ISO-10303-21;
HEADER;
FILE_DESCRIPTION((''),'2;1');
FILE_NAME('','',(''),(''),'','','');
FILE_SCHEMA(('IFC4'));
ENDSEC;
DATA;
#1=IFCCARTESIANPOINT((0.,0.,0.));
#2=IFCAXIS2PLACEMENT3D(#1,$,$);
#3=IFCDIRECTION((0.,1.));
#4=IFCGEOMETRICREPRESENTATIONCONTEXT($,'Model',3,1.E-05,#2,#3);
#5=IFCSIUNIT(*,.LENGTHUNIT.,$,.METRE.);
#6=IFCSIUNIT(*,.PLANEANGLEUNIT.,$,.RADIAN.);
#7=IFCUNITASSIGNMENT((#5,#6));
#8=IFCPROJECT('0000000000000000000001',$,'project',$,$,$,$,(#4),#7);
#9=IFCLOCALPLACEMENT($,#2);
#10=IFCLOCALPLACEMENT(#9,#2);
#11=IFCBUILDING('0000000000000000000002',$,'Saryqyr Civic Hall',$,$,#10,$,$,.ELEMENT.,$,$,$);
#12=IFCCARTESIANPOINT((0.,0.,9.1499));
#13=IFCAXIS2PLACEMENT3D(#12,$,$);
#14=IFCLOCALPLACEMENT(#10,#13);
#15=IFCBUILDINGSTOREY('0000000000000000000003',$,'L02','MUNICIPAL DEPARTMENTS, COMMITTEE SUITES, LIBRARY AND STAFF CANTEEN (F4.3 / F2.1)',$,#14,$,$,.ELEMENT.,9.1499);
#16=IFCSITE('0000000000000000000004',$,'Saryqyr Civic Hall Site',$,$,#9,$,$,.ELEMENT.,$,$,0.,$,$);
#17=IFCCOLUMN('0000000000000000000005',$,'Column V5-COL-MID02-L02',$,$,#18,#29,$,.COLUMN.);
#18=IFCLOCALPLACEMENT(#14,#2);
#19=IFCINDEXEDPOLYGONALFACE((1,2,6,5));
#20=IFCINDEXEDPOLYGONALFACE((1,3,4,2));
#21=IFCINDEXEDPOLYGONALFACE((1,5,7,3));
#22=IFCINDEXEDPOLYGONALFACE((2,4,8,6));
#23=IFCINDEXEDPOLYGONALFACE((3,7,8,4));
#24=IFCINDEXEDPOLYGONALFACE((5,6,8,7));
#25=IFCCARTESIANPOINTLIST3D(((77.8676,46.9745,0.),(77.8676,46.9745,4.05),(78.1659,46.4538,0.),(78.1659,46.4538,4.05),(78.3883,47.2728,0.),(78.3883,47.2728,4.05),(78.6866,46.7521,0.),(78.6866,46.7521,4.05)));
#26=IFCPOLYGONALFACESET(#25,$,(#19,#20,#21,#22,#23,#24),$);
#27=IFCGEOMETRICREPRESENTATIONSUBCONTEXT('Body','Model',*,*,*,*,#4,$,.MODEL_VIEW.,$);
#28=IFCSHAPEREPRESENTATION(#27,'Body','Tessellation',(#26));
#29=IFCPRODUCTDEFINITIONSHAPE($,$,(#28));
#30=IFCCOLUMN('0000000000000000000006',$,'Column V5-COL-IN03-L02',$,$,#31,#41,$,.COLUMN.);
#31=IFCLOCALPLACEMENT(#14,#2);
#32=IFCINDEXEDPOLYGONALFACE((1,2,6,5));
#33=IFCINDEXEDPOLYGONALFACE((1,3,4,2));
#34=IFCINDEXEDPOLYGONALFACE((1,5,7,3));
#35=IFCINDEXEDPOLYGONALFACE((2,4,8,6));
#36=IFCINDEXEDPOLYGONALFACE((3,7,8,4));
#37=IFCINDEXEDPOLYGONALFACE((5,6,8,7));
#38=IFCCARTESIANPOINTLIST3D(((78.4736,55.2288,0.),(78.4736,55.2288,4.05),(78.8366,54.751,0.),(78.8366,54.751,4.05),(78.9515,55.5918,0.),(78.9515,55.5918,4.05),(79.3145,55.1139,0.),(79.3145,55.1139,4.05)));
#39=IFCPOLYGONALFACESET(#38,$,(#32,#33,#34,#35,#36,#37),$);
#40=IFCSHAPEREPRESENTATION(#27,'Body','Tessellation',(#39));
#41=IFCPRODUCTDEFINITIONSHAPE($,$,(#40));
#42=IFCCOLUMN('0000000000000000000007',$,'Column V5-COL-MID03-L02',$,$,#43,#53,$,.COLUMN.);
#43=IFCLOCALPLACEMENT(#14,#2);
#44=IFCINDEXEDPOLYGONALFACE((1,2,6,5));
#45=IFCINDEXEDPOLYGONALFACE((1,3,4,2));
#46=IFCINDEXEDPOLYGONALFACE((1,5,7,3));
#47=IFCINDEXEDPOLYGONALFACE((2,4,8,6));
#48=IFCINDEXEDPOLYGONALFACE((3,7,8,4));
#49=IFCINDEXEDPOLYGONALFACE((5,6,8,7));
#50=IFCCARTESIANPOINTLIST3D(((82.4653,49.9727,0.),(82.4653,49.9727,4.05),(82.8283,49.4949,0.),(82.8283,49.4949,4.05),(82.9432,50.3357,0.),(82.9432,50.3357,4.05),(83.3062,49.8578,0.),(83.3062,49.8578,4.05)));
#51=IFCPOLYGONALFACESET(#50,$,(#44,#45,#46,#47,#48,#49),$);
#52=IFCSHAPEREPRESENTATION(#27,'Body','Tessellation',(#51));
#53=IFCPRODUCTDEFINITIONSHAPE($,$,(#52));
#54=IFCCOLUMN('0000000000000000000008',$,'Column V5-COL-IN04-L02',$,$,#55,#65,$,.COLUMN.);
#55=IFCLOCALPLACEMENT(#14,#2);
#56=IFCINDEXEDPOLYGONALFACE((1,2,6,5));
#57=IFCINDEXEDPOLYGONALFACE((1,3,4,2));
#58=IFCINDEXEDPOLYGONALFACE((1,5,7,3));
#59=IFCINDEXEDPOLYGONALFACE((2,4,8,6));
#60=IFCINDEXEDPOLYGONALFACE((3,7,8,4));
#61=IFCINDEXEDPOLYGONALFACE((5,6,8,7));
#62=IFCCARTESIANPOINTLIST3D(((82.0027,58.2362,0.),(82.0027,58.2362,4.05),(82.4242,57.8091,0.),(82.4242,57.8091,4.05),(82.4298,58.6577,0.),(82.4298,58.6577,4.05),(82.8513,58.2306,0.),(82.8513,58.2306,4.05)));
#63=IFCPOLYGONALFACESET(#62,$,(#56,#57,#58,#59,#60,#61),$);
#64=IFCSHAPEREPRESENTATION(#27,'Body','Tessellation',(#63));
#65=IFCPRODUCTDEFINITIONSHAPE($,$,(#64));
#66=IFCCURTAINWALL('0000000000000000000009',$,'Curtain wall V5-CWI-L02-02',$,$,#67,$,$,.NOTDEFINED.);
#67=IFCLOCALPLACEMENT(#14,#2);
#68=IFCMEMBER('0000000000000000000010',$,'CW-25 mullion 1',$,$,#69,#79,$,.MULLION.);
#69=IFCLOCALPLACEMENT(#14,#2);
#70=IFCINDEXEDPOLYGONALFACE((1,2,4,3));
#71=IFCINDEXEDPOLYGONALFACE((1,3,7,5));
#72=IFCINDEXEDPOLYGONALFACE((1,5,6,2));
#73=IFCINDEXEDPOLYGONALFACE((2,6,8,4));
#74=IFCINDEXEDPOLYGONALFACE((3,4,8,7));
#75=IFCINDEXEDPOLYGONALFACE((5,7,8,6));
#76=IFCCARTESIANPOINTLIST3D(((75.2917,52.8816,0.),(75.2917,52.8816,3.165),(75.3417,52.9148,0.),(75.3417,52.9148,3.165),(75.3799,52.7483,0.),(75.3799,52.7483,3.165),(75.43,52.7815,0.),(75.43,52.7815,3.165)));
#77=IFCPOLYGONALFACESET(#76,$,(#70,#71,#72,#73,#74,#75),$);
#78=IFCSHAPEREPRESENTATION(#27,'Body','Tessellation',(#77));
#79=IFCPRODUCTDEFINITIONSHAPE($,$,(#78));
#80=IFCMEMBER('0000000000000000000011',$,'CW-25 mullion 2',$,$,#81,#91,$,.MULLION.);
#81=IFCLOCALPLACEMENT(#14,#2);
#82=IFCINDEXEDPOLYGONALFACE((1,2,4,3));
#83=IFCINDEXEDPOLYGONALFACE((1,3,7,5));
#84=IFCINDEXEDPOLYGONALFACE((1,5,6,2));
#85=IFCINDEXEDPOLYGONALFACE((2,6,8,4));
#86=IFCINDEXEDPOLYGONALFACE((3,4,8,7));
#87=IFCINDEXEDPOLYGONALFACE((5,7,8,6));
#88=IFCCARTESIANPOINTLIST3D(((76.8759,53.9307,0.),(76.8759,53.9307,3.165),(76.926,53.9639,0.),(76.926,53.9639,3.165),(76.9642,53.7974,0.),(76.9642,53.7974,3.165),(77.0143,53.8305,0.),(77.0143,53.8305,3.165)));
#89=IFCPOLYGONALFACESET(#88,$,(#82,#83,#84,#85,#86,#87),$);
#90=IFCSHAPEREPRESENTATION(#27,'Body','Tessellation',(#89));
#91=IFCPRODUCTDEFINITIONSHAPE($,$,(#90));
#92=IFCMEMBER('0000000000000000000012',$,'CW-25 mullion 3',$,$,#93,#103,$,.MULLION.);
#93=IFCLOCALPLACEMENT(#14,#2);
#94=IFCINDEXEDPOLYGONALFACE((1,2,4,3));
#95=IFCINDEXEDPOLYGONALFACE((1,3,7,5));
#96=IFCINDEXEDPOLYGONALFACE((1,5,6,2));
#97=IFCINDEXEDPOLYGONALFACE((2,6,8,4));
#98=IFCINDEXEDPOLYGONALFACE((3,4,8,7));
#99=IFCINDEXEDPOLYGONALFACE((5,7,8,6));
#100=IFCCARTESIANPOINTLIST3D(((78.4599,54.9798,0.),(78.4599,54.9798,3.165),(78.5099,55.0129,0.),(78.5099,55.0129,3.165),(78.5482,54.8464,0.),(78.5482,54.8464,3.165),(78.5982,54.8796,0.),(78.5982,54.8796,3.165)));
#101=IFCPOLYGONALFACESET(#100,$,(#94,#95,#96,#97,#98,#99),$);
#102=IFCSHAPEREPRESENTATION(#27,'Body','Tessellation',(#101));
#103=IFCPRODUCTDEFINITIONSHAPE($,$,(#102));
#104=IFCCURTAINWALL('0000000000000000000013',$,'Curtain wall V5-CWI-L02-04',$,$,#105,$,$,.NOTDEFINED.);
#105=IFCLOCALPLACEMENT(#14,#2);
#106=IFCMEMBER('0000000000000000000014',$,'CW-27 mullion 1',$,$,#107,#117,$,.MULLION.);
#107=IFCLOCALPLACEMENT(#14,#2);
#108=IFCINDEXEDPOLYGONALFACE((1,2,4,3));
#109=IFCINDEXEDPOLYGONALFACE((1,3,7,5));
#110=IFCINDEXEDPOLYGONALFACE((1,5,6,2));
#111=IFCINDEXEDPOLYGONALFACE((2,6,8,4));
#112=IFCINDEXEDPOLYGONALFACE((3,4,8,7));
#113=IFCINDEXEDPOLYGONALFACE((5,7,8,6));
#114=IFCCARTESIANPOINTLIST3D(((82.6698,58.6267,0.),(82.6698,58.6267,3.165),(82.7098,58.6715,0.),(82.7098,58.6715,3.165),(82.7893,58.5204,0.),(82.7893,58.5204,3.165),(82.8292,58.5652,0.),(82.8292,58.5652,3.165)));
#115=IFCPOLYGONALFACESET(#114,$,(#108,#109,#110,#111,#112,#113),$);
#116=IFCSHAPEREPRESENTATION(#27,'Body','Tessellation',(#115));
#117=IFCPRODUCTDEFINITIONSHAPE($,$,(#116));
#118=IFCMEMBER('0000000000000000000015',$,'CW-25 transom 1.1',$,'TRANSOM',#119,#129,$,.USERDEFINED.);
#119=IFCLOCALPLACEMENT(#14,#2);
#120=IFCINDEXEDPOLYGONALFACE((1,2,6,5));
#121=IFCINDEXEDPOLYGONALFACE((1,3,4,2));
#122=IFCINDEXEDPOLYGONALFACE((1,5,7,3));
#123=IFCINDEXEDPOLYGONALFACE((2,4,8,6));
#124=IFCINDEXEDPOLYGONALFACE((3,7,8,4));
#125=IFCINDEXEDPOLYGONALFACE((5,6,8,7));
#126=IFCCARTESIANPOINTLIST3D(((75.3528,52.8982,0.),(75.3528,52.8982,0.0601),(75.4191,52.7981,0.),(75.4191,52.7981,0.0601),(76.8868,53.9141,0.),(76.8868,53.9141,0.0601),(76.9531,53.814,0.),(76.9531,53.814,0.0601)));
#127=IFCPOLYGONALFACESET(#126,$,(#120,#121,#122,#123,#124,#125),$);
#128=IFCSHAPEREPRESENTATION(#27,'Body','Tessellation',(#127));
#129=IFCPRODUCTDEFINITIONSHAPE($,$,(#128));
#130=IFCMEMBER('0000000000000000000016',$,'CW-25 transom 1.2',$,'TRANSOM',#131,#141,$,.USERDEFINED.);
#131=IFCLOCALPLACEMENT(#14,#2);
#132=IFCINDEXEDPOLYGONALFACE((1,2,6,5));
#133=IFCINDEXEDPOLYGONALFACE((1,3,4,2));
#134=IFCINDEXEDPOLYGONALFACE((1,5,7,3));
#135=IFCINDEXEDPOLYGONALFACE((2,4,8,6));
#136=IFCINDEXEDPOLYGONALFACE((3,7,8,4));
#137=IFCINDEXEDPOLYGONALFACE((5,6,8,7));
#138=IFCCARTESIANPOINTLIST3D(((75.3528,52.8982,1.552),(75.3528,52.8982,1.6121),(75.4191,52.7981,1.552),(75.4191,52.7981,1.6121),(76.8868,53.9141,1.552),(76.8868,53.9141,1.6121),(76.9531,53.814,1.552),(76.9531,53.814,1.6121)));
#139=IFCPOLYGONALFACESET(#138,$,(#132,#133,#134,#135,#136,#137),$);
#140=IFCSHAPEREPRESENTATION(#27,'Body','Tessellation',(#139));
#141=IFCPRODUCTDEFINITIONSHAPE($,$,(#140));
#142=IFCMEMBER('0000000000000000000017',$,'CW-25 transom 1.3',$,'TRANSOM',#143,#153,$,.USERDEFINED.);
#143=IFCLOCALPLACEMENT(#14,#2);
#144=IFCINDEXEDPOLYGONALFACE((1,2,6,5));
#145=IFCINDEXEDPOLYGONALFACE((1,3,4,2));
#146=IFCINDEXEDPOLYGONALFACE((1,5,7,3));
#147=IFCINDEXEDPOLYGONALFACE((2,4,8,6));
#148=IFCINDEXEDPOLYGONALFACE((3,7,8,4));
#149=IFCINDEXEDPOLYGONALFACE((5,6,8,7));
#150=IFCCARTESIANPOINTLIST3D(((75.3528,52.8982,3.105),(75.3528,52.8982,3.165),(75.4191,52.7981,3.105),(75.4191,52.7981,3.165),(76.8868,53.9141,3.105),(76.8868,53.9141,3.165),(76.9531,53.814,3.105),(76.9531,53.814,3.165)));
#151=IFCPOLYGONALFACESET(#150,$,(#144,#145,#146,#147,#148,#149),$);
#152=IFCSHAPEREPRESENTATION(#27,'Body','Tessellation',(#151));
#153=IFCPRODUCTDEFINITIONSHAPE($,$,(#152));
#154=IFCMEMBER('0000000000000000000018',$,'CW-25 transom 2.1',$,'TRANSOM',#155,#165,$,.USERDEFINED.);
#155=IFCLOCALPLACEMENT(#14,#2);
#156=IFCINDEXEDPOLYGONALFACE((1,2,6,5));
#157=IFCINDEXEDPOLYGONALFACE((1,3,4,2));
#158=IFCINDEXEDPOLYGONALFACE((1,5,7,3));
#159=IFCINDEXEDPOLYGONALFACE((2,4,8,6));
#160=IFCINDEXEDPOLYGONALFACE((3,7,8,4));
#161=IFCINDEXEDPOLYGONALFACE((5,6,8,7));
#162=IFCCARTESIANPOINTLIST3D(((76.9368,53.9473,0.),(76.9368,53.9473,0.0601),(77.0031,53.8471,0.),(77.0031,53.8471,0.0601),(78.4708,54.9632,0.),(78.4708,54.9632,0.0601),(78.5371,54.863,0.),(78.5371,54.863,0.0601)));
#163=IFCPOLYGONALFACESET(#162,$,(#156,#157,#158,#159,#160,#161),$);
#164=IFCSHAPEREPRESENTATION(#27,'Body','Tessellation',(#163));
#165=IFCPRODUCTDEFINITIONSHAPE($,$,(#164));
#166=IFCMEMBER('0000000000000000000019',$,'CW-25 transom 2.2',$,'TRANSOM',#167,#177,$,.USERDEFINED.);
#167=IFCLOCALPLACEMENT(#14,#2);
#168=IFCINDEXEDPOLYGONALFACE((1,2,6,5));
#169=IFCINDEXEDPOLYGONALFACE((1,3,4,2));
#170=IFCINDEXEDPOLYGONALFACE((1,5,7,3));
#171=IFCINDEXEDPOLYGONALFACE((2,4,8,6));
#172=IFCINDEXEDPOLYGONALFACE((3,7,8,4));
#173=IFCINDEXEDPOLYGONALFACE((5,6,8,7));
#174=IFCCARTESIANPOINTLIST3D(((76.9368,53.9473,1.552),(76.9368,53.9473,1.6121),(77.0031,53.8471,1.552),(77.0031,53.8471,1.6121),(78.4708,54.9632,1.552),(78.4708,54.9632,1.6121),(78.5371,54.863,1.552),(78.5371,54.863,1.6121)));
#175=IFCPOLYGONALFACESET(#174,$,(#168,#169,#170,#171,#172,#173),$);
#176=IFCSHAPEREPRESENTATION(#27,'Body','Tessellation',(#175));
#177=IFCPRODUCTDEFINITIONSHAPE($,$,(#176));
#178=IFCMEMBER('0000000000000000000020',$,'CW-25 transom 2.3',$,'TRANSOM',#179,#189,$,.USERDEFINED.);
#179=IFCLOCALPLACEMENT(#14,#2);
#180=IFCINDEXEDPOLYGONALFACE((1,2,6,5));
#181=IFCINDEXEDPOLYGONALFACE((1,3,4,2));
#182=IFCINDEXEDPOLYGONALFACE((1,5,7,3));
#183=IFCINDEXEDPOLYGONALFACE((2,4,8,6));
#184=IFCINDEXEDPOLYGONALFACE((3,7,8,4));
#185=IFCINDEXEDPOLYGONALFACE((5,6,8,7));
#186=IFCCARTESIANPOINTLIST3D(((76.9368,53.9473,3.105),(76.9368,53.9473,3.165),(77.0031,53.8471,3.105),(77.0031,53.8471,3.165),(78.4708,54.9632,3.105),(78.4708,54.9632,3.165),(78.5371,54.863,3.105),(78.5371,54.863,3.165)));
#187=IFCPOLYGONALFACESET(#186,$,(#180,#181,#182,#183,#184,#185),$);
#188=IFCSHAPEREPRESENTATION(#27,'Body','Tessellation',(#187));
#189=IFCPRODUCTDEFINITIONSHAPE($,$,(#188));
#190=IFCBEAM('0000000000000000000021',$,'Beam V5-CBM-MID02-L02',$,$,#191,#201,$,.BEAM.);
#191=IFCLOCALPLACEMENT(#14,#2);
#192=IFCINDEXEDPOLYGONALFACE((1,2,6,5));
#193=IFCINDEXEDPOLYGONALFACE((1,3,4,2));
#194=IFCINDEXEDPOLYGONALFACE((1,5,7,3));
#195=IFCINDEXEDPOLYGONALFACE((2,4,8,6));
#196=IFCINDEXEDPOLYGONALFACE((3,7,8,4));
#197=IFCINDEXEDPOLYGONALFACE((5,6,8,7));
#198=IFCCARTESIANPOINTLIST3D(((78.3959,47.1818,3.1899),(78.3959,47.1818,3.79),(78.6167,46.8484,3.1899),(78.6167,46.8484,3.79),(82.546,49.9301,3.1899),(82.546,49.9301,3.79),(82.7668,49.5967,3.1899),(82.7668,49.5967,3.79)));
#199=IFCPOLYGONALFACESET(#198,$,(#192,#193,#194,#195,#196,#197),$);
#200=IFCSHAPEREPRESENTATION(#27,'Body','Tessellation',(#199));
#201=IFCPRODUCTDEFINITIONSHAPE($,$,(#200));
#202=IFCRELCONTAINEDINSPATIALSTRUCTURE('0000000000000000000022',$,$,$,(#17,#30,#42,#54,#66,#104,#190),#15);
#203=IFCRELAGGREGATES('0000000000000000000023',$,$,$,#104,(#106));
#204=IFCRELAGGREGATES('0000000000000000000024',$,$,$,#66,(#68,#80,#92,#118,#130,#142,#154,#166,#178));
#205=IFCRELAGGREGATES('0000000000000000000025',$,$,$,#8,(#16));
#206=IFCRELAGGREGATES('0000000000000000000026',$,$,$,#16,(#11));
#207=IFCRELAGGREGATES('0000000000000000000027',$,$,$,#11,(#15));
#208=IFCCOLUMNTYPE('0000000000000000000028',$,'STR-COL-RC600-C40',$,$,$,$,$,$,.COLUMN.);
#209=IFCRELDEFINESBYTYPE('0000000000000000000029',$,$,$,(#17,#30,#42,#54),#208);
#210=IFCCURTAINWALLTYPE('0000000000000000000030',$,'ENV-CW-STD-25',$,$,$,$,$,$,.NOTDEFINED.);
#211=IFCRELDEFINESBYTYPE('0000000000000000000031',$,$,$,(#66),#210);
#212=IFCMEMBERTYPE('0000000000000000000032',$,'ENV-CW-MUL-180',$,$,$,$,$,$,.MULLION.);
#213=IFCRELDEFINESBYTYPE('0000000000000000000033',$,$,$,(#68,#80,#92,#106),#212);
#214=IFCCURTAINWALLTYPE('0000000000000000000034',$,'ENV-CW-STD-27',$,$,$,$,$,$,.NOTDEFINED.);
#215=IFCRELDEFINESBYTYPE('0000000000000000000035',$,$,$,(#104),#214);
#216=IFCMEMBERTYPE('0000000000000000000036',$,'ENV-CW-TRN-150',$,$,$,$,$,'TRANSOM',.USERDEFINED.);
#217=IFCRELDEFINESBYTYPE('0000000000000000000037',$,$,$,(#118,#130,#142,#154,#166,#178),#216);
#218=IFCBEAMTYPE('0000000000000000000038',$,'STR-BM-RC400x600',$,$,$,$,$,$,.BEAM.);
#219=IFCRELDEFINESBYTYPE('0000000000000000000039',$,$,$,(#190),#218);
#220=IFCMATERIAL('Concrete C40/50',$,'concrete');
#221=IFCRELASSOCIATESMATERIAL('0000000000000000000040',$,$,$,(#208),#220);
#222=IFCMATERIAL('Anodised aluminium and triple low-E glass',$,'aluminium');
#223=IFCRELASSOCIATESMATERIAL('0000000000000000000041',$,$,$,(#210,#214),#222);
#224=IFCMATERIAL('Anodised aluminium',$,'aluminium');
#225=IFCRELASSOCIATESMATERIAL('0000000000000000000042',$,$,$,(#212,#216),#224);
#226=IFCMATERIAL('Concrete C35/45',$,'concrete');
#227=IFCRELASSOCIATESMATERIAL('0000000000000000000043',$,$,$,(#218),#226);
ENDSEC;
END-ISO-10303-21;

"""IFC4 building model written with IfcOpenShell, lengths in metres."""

from ifc_helpers import new_model, si_unit, direction, frame, origin, origin_2d, place, context, subcontext, project, spatial, rectangle, extrude, material, material_profile, profile_set, type_object, element, aggregate, save


model = new_model("IFC4")

# Units and contexts
model_context = context("Model", 3, precision=1e-05, world=origin(), true_north=direction((0.0, 1.0)))
body_context = subcontext(model_context, "Body", "Model", "MODEL_VIEW")
ifc_project = project(units=[si_unit("LENGTHUNIT", "METRE"), si_unit("PLANEANGLEUNIT", "RADIAN")], contexts=[model_context])

# Site, building, storey
site_placement = place(None, origin())
site = spatial("IfcSite", under=ifc_project, at=site_placement, Name="Saryqyr Civic Hall Site", CompositionType="ELEMENT", RefElevation=0.0)
building_placement = place(site_placement, origin())
building = spatial("IfcBuilding", under=site, at=building_placement, Name="Saryqyr Civic Hall", CompositionType="ELEMENT")
storey_placement = place(building_placement, frame((0.0, 0.0, 9.1499)))
storey = spatial("IfcBuildingStorey", under=building, at=storey_placement, Name="L02", Description="MUNICIPAL DEPARTMENTS, COMMITTEE SUITES, LIBRARY AND STAFF CANTEEN (F4.3 / F2.1)", CompositionType="ELEMENT", Elevation=9.1499)

# Columns
ifc_material_1 = material(Name="Concrete C40/50", Category="concrete")
ifc_material_profile_1 = material_profile(ifc_material_1, rectangle(XDim=0.6001, YDim=0.6001, at=origin_2d()), Name="RC 600x600")
ifc_profile_set_1 = profile_set([ifc_material_profile_1], Name="Concrete C40/50")
column_type = type_object("IfcColumnType", Name="STR-COL-RC600-C40", PredefinedType="COLUMN", material=ifc_profile_set_1)
for number, where, z_axis, x_axis, name in (
    (1, (78.2771, 46.8633, 0.0), (0.0, 0.0, 1.0), (0.497125, -0.867679, 0.0), "Column V5-COL-MID02-L02"),
    (2, (78.894, 55.1714, 0.0), (0.0, 0.0, 1.0), (0.604877, -0.796319, 0.0), "Column V5-COL-IN03-L02"),
    (3, (82.8857, 49.9153, 0.0), (0.0, 0.0, 1.0), (0.604877, -0.796319, 0.0), "Column V5-COL-MID03-L02"),
    (4, (82.427, 58.2334, 0.0), (0.0, 0.0, 1.0), (0.702402, -0.711781, 0.0), "Column V5-COL-IN04-L02"),
):
    element("IfcColumn", number, at=place(storey_placement, frame(where, z_axis=z_axis, x_axis=x_axis)), inside=storey, type_object=column_type, Name=name, PredefinedType="COLUMN", context=body_context, shape_type="SweptSolid", body=[
        extrude(rectangle(XDim=0.6001, YDim=0.6001, at=origin_2d()), origin(), (0.0, 0.0, 1.0), 4.05),
    ])

# Curtain wall, members
ifc_material_2 = material(Name="Anodised aluminium and triple low-E glass", Category="aluminium")
curtain_wall_type_1 = type_object("IfcCurtainWallType", Name="ENV-CW-STD-25", PredefinedType="NOTDEFINED", material=ifc_material_2)
curtain_wall_1_placement = place(storey_placement, origin())
curtain_wall_1 = element("IfcCurtainWall", 5, at=curtain_wall_1_placement, inside=storey, type_object=curtain_wall_type_1, Name="Curtain wall V5-CWI-L02-02", PredefinedType="NOTDEFINED")
ifc_material_3 = material(Name="Anodised aluminium", Category="aluminium")
ifc_material_profile_2 = material_profile(ifc_material_3, rectangle(XDim=0.0601, YDim=0.1599, at=origin_2d()), Name="ALU MULLION 60x160")
ifc_profile_set_2 = profile_set([ifc_material_profile_2], Name="Anodised aluminium")
member_type_1 = type_object("IfcMemberType", Name="ENV-CW-MUL-180", PredefinedType="MULLION", material=ifc_profile_set_2)
member_1_placement = place(storey_placement, frame((75.3608, 52.8315, 0.0), z_axis=(0.0, 0.0, 1.0), x_axis=(0.833756, 0.552133, 0.0)))
member_1 = element("IfcMember", 6, at=member_1_placement, type_object=member_type_1, Name="CW-25 mullion 1", PredefinedType="MULLION", context=body_context, shape_type="SweptSolid", body=[
    extrude(rectangle(XDim=0.0601, YDim=0.1599, at=origin_2d()), origin(), (0.0, 0.0, 1.0), 3.165),
])
member_2_placement = place(storey_placement, frame((76.9451, 53.8806, 0.0), z_axis=(0.0, 0.0, 1.0), x_axis=(0.833756, 0.552133, 0.0)))
member_2 = element("IfcMember", 7, at=member_2_placement, type_object=member_type_1, Name="CW-25 mullion 2", PredefinedType="MULLION", context=body_context, shape_type="SweptSolid", body=[
    extrude(rectangle(XDim=0.0601, YDim=0.1599, at=origin_2d()), origin(), (0.0, 0.0, 1.0), 3.165),
])
member_3_placement = place(storey_placement, frame((78.5291, 54.9297, 0.0), z_axis=(0.0, 0.0, 1.0), x_axis=(0.833756, 0.552133, 0.0)))
member_3 = element("IfcMember", 8, at=member_3_placement, type_object=member_type_1, Name="CW-25 mullion 3", PredefinedType="MULLION", context=body_context, shape_type="SweptSolid", body=[
    extrude(rectangle(XDim=0.0601, YDim=0.1599, at=origin_2d()), origin(), (0.0, 0.0, 1.0), 3.165),
])

# Curtain wall, member
curtain_wall_type_2 = type_object("IfcCurtainWallType", Name="ENV-CW-STD-27", PredefinedType="NOTDEFINED", material=ifc_material_2)
curtain_wall_2_placement = place(storey_placement, origin())
curtain_wall_2 = element("IfcCurtainWall", 9, at=curtain_wall_2_placement, inside=storey, type_object=curtain_wall_type_2, Name="Curtain wall V5-CWI-L02-04", PredefinedType="NOTDEFINED")
member_4_placement = place(storey_placement, frame((82.7495, 58.5959, 0.0), z_axis=(0.0, 0.0, 1.0), x_axis=(0.664934, 0.746902, 0.0)))
member_4 = element("IfcMember", 10, at=member_4_placement, type_object=member_type_1, Name="CW-27 mullion 1", PredefinedType="MULLION", context=body_context, shape_type="SweptSolid", body=[
    extrude(rectangle(XDim=0.0601, YDim=0.1599, at=origin_2d()), origin(), (0.0, 0.0, 1.0), 3.165),
])
aggregate(curtain_wall_2, [member_4])

# Members
ifc_material_profile_3 = material_profile(ifc_material_3, rectangle(XDim=0.1201, YDim=0.0601, at=origin_2d()), Name="ALU TRANSOM 120x60")
ifc_profile_set_3 = profile_set([ifc_material_profile_3], Name="Anodised aluminium")
member_type_2 = type_object("IfcMemberType", Name="ENV-CW-TRN-150", ElementType="TRANSOM", PredefinedType="USERDEFINED", material=ifc_profile_set_3)
member_5_placement = place(storey_placement, frame((75.386, 52.8481, 0.03), z_axis=(0.833741, 0.552156, 0.0), x_axis=(-0.552156, 0.833741, 0.0)))
member_5 = element("IfcMember", 11, at=member_5_placement, type_object=member_type_2, Name="CW-25 transom 1.1", ObjectType="TRANSOM", PredefinedType="USERDEFINED", context=body_context, shape_type="SweptSolid", body=[
    extrude(rectangle(XDim=0.1201, YDim=0.0601, at=origin_2d()), origin(), (0.0, 0.0, 1.0), 1.8398),
])
member_6_placement = place(storey_placement, frame((75.386, 52.8481, 1.582), z_axis=(0.833741, 0.552156, 0.0), x_axis=(-0.552156, 0.833741, 0.0)))
member_6 = element("IfcMember", 12, at=member_6_placement, type_object=member_type_2, Name="CW-25 transom 1.2", ObjectType="TRANSOM", PredefinedType="USERDEFINED", context=body_context, shape_type="SweptSolid", body=[
    extrude(rectangle(XDim=0.1201, YDim=0.0601, at=origin_2d()), origin(), (0.0, 0.0, 1.0), 1.8398),
])
member_7_placement = place(storey_placement, frame((75.386, 52.8481, 3.135), z_axis=(0.833741, 0.552156, 0.0), x_axis=(-0.552156, 0.833741, 0.0)))
member_7 = element("IfcMember", 13, at=member_7_placement, type_object=member_type_2, Name="CW-25 transom 1.3", ObjectType="TRANSOM", PredefinedType="USERDEFINED", context=body_context, shape_type="SweptSolid", body=[
    extrude(rectangle(XDim=0.1201, YDim=0.0601, at=origin_2d()), origin(), (0.0, 0.0, 1.0), 1.8398),
])
member_8_placement = place(storey_placement, frame((76.97, 53.8972, 0.03), z_axis=(0.833741, 0.552156, 0.0), x_axis=(-0.552156, 0.833741, 0.0)))
member_8 = element("IfcMember", 14, at=member_8_placement, type_object=member_type_2, Name="CW-25 transom 2.1", ObjectType="TRANSOM", PredefinedType="USERDEFINED", context=body_context, shape_type="SweptSolid", body=[
    extrude(rectangle(XDim=0.1201, YDim=0.0601, at=origin_2d()), origin(), (0.0, 0.0, 1.0), 1.8398),
])
member_9_placement = place(storey_placement, frame((76.97, 53.8972, 1.582), z_axis=(0.833741, 0.552156, 0.0), x_axis=(-0.552156, 0.833741, 0.0)))
member_9 = element("IfcMember", 15, at=member_9_placement, type_object=member_type_2, Name="CW-25 transom 2.2", ObjectType="TRANSOM", PredefinedType="USERDEFINED", context=body_context, shape_type="SweptSolid", body=[
    extrude(rectangle(XDim=0.1201, YDim=0.0601, at=origin_2d()), origin(), (0.0, 0.0, 1.0), 1.8398),
])
member_10_placement = place(storey_placement, frame((76.97, 53.8972, 3.135), z_axis=(0.833741, 0.552156, 0.0), x_axis=(-0.552156, 0.833741, 0.0)))
member_10 = element("IfcMember", 16, at=member_10_placement, type_object=member_type_2, Name="CW-25 transom 2.3", ObjectType="TRANSOM", PredefinedType="USERDEFINED", context=body_context, shape_type="SweptSolid", body=[
    extrude(rectangle(XDim=0.1201, YDim=0.0601, at=origin_2d()), origin(), (0.0, 0.0, 1.0), 1.8398),
])

# Beam
ifc_material_4 = material(Name="Concrete C35/45", Category="concrete")
ifc_material_profile_4 = material_profile(ifc_material_4, rectangle(XDim=0.3999, YDim=0.6001, at=origin_2d()), Name="RC 400x600")
ifc_profile_set_4 = profile_set([ifc_material_profile_4], Name="Concrete C35/45")
beam_type_1 = type_object("IfcBeamType", Name="STR-BM-RC400x600", PredefinedType="BEAM", material=ifc_profile_set_4)
beam_1_placement = place(storey_placement, frame((78.5063, 47.0151, 3.49), z_axis=(0.833759, 0.552128, 0.0), x_axis=(-0.552128, 0.833759, 0.0)))
element("IfcBeam", 17, at=beam_1_placement, inside=storey, type_object=beam_type_1, Name="Beam V5-CBM-MID02-L02", PredefinedType="BEAM", context=body_context, shape_type="SweptSolid", body=[
    extrude(rectangle(XDim=0.3999, YDim=0.6001, at=origin_2d()), origin(), (0.0, 0.0, 1.0), 4.9775),
])

aggregate(curtain_wall_1, [member_1, member_2, member_3, member_5, member_6, member_7, member_8, member_9, member_10])

save(model, "model.ifc")
